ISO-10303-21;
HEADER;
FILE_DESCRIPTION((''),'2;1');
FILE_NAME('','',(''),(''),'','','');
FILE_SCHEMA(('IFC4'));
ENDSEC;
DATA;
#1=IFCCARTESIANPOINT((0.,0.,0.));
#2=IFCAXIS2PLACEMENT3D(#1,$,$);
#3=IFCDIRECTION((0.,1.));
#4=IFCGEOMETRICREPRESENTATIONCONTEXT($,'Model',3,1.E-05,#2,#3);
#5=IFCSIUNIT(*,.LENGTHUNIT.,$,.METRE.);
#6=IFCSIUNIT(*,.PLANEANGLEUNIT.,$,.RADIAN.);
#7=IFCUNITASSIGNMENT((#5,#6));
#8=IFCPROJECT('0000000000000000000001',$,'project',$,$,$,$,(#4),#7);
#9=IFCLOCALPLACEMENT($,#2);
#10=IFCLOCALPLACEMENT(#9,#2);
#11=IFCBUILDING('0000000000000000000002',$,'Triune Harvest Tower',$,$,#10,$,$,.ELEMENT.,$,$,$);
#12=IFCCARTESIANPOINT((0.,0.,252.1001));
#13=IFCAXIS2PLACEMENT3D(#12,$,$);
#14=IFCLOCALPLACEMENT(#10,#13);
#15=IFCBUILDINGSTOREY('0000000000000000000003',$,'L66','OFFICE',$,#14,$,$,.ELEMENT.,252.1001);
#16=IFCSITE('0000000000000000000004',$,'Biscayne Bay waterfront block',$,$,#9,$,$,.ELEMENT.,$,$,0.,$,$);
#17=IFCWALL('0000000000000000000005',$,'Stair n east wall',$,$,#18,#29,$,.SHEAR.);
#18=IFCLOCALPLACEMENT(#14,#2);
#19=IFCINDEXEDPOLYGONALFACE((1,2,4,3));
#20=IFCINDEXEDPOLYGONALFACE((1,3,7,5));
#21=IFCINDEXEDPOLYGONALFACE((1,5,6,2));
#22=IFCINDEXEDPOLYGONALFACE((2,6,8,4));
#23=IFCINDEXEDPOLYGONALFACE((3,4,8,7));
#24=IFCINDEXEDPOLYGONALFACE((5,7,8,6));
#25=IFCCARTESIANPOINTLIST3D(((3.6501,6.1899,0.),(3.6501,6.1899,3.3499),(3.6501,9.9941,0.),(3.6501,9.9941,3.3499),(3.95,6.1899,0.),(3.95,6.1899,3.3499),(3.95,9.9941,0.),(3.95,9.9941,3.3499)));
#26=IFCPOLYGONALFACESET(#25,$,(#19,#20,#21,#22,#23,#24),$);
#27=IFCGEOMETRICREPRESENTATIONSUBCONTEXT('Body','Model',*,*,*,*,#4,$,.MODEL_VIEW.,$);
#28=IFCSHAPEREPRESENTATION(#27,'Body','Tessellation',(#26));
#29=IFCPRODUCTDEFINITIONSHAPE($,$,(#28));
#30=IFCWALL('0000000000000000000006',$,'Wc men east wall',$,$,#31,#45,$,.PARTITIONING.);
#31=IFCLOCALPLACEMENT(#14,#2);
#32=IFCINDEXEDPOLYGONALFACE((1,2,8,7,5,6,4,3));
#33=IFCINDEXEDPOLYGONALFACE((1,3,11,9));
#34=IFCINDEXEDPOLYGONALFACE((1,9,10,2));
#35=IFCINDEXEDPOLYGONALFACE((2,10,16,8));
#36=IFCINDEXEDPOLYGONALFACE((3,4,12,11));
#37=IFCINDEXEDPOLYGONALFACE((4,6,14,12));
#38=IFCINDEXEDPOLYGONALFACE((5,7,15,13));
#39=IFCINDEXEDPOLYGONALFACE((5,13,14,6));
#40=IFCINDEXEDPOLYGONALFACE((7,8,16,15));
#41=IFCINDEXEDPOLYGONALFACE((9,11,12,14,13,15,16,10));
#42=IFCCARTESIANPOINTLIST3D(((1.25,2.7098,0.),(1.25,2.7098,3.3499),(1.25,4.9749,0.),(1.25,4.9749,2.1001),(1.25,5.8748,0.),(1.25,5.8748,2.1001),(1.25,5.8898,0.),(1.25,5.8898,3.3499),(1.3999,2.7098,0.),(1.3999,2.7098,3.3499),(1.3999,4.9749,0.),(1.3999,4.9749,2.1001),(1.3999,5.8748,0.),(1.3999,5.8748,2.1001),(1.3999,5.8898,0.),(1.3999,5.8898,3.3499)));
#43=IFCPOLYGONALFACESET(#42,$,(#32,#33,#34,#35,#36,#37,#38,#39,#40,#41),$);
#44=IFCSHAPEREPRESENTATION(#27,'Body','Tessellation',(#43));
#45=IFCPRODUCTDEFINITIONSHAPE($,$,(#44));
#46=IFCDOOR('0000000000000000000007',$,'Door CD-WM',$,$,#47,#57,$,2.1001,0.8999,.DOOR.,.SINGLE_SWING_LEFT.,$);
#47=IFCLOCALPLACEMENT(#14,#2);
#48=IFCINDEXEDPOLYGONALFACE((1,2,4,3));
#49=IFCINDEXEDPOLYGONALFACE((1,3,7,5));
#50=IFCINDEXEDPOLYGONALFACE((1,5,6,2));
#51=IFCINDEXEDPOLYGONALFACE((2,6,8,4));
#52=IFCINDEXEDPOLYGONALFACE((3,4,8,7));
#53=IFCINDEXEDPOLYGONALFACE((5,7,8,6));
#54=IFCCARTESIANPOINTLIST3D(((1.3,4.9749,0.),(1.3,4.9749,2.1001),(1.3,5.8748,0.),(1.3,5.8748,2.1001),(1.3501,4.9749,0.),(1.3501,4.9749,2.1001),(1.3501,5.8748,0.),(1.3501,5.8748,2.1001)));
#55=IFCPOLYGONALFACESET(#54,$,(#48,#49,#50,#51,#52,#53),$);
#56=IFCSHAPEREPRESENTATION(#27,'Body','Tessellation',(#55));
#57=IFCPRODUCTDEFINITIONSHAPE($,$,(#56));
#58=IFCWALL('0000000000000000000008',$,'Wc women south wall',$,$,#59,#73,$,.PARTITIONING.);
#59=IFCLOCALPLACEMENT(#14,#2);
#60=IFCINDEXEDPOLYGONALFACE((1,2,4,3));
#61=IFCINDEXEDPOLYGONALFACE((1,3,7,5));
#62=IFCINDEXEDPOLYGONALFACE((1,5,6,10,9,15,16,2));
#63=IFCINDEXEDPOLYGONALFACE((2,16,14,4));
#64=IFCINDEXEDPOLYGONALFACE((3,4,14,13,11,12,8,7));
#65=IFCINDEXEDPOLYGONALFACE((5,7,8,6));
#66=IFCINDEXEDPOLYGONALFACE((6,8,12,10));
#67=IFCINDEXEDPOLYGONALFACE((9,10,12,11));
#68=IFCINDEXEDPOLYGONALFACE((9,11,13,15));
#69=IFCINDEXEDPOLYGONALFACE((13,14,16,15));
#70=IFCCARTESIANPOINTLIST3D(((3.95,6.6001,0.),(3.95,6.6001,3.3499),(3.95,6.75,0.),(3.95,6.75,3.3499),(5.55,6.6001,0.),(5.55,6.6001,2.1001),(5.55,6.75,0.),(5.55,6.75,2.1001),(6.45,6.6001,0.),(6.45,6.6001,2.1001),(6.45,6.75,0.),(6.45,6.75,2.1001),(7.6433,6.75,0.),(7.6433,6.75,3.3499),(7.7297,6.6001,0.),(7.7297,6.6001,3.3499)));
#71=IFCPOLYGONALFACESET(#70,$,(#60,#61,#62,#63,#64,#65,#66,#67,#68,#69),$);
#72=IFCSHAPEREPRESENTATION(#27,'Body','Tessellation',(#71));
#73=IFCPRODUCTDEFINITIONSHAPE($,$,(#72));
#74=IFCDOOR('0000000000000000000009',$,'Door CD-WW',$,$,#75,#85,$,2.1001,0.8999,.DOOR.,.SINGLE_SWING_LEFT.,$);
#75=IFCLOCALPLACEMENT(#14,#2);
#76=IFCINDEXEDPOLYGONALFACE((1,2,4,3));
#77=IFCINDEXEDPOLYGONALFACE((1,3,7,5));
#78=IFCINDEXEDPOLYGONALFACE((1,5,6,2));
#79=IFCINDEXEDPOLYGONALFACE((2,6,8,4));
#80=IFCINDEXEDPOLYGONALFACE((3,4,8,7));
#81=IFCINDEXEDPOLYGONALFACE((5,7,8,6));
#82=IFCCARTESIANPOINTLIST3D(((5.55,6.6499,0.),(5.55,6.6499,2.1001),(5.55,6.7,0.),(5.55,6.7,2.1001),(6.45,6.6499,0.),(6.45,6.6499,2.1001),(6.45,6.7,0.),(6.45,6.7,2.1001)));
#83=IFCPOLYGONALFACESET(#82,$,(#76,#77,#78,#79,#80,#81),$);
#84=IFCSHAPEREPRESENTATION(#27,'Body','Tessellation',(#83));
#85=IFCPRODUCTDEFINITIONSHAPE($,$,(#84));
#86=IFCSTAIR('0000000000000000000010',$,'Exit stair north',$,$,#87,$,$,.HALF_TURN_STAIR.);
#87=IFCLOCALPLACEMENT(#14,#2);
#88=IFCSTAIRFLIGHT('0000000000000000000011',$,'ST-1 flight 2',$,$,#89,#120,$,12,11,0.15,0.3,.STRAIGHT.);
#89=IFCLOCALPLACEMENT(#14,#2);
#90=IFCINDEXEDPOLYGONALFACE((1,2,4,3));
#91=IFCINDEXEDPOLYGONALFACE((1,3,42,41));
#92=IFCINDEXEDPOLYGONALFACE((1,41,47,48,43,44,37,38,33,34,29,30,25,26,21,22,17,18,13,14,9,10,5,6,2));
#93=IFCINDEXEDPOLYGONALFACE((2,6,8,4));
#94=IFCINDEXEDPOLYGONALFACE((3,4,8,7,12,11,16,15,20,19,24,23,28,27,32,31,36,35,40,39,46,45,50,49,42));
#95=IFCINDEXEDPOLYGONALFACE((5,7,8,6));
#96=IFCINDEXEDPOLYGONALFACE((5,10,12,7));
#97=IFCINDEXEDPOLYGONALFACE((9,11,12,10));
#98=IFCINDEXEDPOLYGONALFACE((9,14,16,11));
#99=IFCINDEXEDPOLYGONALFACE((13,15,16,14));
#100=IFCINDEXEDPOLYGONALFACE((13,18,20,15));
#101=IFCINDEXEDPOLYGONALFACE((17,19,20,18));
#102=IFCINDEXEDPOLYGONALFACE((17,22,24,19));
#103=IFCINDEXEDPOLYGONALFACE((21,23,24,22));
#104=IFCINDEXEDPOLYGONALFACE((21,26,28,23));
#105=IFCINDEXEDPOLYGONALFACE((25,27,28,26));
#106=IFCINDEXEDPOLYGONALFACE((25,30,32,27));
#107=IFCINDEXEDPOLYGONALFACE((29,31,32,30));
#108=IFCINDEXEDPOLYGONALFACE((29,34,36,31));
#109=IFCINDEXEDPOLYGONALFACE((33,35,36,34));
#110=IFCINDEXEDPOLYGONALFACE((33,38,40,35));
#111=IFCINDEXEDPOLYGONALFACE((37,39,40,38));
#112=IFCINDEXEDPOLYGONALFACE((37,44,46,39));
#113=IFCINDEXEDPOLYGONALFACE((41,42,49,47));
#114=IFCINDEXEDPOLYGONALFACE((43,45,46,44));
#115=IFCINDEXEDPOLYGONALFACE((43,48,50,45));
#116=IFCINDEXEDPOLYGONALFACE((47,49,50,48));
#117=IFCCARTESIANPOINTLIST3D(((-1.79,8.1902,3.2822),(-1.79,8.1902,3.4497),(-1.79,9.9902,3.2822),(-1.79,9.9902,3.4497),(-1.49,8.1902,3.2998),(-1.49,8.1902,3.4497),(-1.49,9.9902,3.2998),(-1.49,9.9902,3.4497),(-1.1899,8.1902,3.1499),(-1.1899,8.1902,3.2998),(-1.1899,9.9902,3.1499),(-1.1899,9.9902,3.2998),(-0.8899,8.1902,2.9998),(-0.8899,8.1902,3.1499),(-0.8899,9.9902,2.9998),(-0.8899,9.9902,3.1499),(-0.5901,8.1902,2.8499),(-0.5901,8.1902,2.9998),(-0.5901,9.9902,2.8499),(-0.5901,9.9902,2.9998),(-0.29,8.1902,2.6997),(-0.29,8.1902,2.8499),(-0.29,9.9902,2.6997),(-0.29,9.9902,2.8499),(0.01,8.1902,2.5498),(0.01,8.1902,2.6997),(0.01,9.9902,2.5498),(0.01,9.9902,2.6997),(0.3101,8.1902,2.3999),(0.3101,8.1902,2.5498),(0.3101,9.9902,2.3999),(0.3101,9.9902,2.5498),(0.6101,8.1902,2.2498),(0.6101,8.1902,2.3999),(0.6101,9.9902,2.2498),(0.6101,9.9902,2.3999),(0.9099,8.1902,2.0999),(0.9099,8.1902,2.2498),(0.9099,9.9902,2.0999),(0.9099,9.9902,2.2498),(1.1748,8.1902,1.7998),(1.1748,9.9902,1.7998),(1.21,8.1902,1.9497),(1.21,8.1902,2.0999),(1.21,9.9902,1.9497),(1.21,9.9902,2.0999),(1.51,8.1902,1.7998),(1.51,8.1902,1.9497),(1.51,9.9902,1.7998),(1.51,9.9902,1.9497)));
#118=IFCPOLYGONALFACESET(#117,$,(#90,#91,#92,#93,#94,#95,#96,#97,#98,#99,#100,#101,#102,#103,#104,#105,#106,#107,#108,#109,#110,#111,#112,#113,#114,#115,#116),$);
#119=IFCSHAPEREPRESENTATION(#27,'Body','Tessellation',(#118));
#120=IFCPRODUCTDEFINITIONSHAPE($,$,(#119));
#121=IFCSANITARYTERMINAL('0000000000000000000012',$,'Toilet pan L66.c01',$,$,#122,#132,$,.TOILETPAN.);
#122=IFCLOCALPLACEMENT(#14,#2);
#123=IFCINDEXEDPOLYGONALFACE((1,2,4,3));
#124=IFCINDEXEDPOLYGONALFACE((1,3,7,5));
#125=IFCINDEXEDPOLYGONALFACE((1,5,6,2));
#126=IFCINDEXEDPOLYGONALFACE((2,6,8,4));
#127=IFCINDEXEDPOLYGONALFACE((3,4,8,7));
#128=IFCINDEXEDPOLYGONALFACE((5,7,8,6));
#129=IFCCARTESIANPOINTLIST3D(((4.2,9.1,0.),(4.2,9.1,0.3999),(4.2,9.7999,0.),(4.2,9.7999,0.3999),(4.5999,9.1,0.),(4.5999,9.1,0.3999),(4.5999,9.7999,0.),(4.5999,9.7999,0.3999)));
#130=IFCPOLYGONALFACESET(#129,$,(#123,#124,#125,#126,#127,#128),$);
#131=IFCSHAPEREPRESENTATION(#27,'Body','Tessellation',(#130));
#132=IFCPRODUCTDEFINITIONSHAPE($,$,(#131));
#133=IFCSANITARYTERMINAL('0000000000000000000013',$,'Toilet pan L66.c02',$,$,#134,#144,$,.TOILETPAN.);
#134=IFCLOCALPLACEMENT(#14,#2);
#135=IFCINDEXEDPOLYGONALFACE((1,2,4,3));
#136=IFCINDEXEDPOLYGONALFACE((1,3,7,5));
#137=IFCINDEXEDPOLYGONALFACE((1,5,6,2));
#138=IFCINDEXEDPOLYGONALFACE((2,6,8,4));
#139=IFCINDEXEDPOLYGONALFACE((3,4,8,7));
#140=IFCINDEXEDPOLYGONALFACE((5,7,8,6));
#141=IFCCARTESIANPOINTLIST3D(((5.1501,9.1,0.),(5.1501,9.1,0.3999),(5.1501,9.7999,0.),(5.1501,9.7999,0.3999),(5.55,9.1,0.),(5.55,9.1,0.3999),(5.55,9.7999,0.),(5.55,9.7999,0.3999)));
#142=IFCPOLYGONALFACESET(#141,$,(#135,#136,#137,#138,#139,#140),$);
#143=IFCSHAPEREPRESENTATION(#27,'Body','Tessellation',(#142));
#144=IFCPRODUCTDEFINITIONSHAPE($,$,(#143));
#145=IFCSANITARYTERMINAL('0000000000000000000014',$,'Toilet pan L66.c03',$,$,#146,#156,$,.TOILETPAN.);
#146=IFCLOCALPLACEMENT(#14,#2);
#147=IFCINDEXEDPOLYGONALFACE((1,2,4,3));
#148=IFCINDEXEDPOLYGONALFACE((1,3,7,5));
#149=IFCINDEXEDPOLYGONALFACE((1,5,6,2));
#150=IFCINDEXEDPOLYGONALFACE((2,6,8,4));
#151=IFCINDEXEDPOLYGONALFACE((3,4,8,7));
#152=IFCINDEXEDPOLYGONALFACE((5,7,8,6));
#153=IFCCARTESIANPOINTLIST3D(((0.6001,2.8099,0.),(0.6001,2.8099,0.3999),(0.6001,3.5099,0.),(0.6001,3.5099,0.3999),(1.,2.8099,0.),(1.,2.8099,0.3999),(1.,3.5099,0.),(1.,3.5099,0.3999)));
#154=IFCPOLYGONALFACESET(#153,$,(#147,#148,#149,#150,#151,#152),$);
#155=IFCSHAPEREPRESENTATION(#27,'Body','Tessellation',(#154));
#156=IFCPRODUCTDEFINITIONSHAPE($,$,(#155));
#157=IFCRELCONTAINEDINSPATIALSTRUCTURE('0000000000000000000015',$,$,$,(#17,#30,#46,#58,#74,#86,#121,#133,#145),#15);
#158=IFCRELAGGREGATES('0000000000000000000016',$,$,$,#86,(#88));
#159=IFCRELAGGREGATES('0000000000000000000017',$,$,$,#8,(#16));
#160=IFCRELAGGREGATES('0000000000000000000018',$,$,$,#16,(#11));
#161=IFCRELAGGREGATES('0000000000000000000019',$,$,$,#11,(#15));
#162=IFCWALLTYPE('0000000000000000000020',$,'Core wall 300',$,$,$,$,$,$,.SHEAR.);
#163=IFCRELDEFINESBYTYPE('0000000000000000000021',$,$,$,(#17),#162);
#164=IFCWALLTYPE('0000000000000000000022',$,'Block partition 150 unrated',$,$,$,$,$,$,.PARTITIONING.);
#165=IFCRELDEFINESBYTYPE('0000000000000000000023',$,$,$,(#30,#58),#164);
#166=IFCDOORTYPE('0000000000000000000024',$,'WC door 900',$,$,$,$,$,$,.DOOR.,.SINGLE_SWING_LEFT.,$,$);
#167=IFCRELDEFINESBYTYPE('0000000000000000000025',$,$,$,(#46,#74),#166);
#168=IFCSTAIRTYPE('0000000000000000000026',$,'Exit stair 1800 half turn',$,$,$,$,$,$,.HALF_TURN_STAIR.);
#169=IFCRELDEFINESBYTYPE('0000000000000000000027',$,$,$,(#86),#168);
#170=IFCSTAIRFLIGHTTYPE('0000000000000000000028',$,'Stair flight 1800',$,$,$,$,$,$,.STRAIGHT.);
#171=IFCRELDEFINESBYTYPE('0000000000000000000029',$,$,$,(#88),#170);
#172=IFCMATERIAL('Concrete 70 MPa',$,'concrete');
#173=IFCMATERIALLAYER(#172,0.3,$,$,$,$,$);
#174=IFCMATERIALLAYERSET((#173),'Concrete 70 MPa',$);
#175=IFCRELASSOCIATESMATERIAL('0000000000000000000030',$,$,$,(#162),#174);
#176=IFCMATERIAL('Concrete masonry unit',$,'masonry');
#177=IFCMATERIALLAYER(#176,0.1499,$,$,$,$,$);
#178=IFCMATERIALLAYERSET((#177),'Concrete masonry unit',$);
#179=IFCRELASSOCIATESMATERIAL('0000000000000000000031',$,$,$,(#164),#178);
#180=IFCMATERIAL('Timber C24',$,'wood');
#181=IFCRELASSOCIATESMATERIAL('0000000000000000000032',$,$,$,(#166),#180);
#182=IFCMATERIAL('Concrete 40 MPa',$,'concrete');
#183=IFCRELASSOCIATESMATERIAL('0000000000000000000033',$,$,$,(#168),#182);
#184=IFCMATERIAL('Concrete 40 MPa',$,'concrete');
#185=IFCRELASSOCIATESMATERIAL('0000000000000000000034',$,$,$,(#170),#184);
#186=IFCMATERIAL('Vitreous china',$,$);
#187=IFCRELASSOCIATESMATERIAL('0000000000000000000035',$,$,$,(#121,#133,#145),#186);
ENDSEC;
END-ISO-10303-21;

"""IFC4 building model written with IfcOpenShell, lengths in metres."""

from ifc_helpers import new_model, si_unit, direction, frame, frame_2d, origin, origin_2d, place, context, subcontext, project, spatial, polyline, rectangle, outline, extrude, source, transform, mapped, material, layer, layer_set, type_object, element, fill, aggregate, save


model = new_model("IFC4")

# Units and contexts
model_context = context("Model", 3, precision=1e-05, world=origin(), true_north=direction((0.0, 1.0)))
body_context = subcontext(model_context, "Body", "Model", "MODEL_VIEW")
ifc_project = project(units=[si_unit("LENGTHUNIT", "METRE"), si_unit("PLANEANGLEUNIT", "RADIAN")], contexts=[model_context])

# Site, building, storey
site_placement = place(None, origin())
site = spatial("IfcSite", under=ifc_project, at=site_placement, Name="Biscayne Bay waterfront block", CompositionType="ELEMENT", RefElevation=0.0)
building_placement = place(site_placement, origin())
building = spatial("IfcBuilding", under=site, at=building_placement, Name="Triune Harvest Tower", CompositionType="ELEMENT")
storey_placement = place(building_placement, frame((0.0, 0.0, 252.1001)))
storey = spatial("IfcBuildingStorey", under=building, at=storey_placement, Name="L66", Description="OFFICE", CompositionType="ELEMENT", Elevation=252.1001)

# Shared definitions
ifc_material_1 = material(Name="Concrete 70 MPa", Category="concrete")
ifc_layer_1 = layer(ifc_material_1, 0.3)
ifc_layer_set_1 = layer_set([ifc_layer_1], Name="Concrete 70 MPa")
wall_type_1 = type_object("IfcWallType", Name="Core wall 300", PredefinedType="SHEAR", material=ifc_layer_set_1)

# Wall
shared_shape_1 = source(origin(), body_context, "Body", "SweptSolid", [
    extrude(outline(polyline([(0.0, -0.1499), (0.0, 0.1499), (3.8042, 0.1499), (3.8042, -0.1499), (0.0, -0.1499)])), origin(), (0.0, 0.0, 1.0), 3.3499),
])
wall_1_placement = place(storey_placement, frame((3.8, 6.1899, 0.0), z_axis=(0.0, 0.0, 1.0), x_axis=(0.0, 1.0, 0.0)))
element("IfcWall", 1, at=wall_1_placement, inside=storey, type_object=wall_type_1, Name="Stair n east wall", PredefinedType="SHEAR", context=body_context, shape_type="MappedRepresentation", body=[
    mapped(shared_shape_1, transform((0.0, 0.0, 0.0), scale=1.0)),
])

# Walls, openings, doors
ifc_material_2 = material(Name="Concrete masonry unit", Category="masonry")
ifc_layer_2 = layer(ifc_material_2, 0.1499)
ifc_layer_set_2 = layer_set([ifc_layer_2], Name="Concrete masonry unit")
wall_type_2 = type_object("IfcWallType", Name="Block partition 150 unrated", PredefinedType="PARTITIONING", material=ifc_layer_set_2)
shared_shape_2 = source(origin(), body_context, "Body", "SweptSolid", [
    extrude(rectangle(XDim=3.1799, YDim=0.1499, at=frame_2d((1.5898, 0.0))), origin(), (0.0, 0.0, 1.0), 3.3499),
])
wall_2_placement = place(storey_placement, frame((1.325, 2.71, 0.0), z_axis=(0.0, 0.0, 1.0), x_axis=(0.0, 1.0, 0.0)))
wall_2 = element("IfcWall", 2, at=wall_2_placement, inside=storey, type_object=wall_type_2, Name="Wc men east wall", PredefinedType="PARTITIONING", context=body_context, shape_type="MappedRepresentation", body=[
    mapped(shared_shape_2, transform((0.0, 0.0, 0.0), scale=1.0)),
])
opening_1_placement = place(wall_2_placement, frame((2.2649, 0.0, 0.0)))
opening_1 = element("IfcOpeningElement", 3, at=opening_1_placement, cuts=wall_2, PredefinedType="OPENING", context=body_context, shape_type="SweptSolid", body=[
    extrude(rectangle(XDim=0.8999, YDim=2.1001, at=frame_2d((0.45, 1.05))), frame((0.0, 0.085, 0.0), z_axis=(0.0, -1.0, 0.0), x_axis=(1.0, 0.0, 0.0)), (0.0, 0.0, 1.0), 0.1699),
])
ifc_material_3 = material(Name="Timber C24", Category="wood")
door_type_1 = type_object("IfcDoorType", Name="WC door 900", OperationType="SINGLE_SWING_LEFT", PredefinedType="DOOR", material=ifc_material_3)
door_1_placement = place(opening_1_placement, origin())
door_1 = element("IfcDoor", 4, at=door_1_placement, inside=storey, type_object=door_type_1, Name="Door CD-WM", OperationType="SINGLE_SWING_LEFT", OverallHeight=2.1001, OverallWidth=0.8999, PredefinedType="DOOR", context=body_context, shape_type="SweptSolid", body=[
    extrude(rectangle(XDim=0.8999, YDim=2.1001, at=frame_2d((0.45, 1.05))), frame((0.0, 0.0249, 0.0), z_axis=(0.0, -1.0, 0.0), x_axis=(1.0, 0.0, 0.0)), (0.0, 0.0, 1.0), 0.05),
])
fill(opening_1, door_1)
shared_shape_3 = source(origin(), body_context, "Body", "SweptSolid", [
    extrude(outline(polyline([(0.0, -0.075), (0.0, 0.075), (3.6934, 0.075), (3.7798, -0.075), (0.0, -0.075)])), origin(), (0.0, 0.0, 1.0), 3.3499),
])
wall_3_placement = place(storey_placement, frame((3.95, 6.675, 0.0), z_axis=(0.0, 0.0, 1.0), x_axis=(1.0, 0.0, 0.0)))
wall_3 = element("IfcWall", 5, at=wall_3_placement, inside=storey, type_object=wall_type_2, Name="Wc women south wall", PredefinedType="PARTITIONING", context=body_context, shape_type="MappedRepresentation", body=[
    mapped(shared_shape_3, transform((0.0, 0.0, 0.0), scale=1.0)),
])
opening_2_placement = place(wall_3_placement, frame((1.6001, 0.0, 0.0)))
opening_2 = element("IfcOpeningElement", 6, at=opening_2_placement, cuts=wall_3, PredefinedType="OPENING", context=body_context, shape_type="SweptSolid", body=[
    extrude(rectangle(XDim=0.8999, YDim=2.1001, at=frame_2d((0.45, 1.05))), frame((0.0, 0.085, 0.0), z_axis=(0.0, -1.0, 0.0), x_axis=(1.0, 0.0, 0.0)), (0.0, 0.0, 1.0), 0.1699),
])
door_2_placement = place(opening_2_placement, origin())
door_2 = element("IfcDoor", 7, at=door_2_placement, inside=storey, type_object=door_type_1, Name="Door CD-WW", OperationType="SINGLE_SWING_LEFT", OverallHeight=2.1001, OverallWidth=0.8999, PredefinedType="DOOR", context=body_context, shape_type="SweptSolid", body=[
    extrude(rectangle(XDim=0.8999, YDim=2.1001, at=frame_2d((0.45, 1.05))), frame((0.0, 0.0249, 0.0), z_axis=(0.0, -1.0, 0.0), x_axis=(1.0, 0.0, 0.0)), (0.0, 0.0, 1.0), 0.05),
])
fill(opening_2, door_2)

# Stair, stair flight
ifc_material_4 = material(Name="Concrete 40 MPa", Category="concrete")
stair_type = type_object("IfcStairType", Name="Exit stair 1800 half turn", PredefinedType="HALF_TURN_STAIR", material=ifc_material_4)
stair_placement = place(storey_placement, origin())
stair = element("IfcStair", 8, at=stair_placement, inside=storey, type_object=stair_type, Name="Exit stair north", PredefinedType="HALF_TURN_STAIR")
ifc_material_5 = material(Name="Concrete 40 MPa", Category="concrete")
stair_flight_type = type_object("IfcStairFlightType", Name="Stair flight 1800", PredefinedType="STRAIGHT", material=ifc_material_5)
shared_shape_4 = source(origin(), body_context, "Body", "SweptSolid", [
    extrude(outline(polyline([(0.0, 0.0), (0.0, 0.1499), (0.3, 0.1499), (0.3, 0.3), (0.6001, 0.3), (0.6001, 0.45), (0.8999, 0.45), (0.8999, 0.6001), (1.2, 0.6001), (1.2, 0.75), (1.5, 0.75), (1.5, 0.8999), (1.8, 0.8999), (1.8, 1.05), (2.1001, 1.05), (2.1001, 1.2), (2.3999, 1.2), (2.3999, 1.3501), (2.7, 1.3501), (2.7, 1.5), (3.0, 1.5), (3.0, 1.6499), (3.3, 1.6499), (3.3, 1.8), (3.3, 1.4824), (0.3352, 0.0), (0.0, 0.0)])), frame((0.0, 0.8999, 0.0), z_axis=(0.0, -1.0, 0.0), x_axis=(1.0, 0.0, 0.0)), (0.0, 0.0, 1.0), 1.8),
])
stair_flight_placement = place(storey_placement, frame((1.51, 9.0901, 1.7998), z_axis=(0.0, 0.0, 1.0), x_axis=(-1.0, 0.0, 0.0)))
stair_flight = element("IfcStairFlight", 9, at=stair_flight_placement, type_object=stair_flight_type, Name="ST-1 flight 2", NumberOfRisers=12, NumberOfTreads=11, PredefinedType="STRAIGHT", RiserHeight=0.15, TreadLength=0.3, context=body_context, shape_type="MappedRepresentation", body=[
    mapped(shared_shape_4, transform((0.0, 0.0, 0.0), scale=1.0)),
])
aggregate(stair, [stair_flight])

# Sanitary terminals
ifc_material_6 = material(Name="Vitreous china")
shared_shape_5 = source(origin(), body_context, "Body", "SweptSolid", [
    extrude(rectangle(XDim=0.3999, YDim=0.7, at=origin_2d()), origin(), (0.0, 0.0, 1.0), 0.3999),
])
for number, where, z_axis, x_axis, name in (
    (10, (4.3999, 9.45, 0.0), (0.0, 0.0, 1.0), (1.0, 0.0, 0.0), "Toilet pan L66.c01"),
    (11, (5.3501, 9.45, 0.0), (0.0, 0.0, 1.0), (1.0, 0.0, 0.0), "Toilet pan L66.c02"),
    (12, (0.8, 3.1599, 0.0), (0.0, 0.0, 1.0), (-1.0, 0.0, 0.0), "Toilet pan L66.c03"),
):
    element("IfcSanitaryTerminal", number, at=place(storey_placement, frame(where, z_axis=z_axis, x_axis=x_axis)), inside=storey, material=ifc_material_6, Name=name, PredefinedType="TOILETPAN", context=body_context, shape_type="MappedRepresentation", body=[
        mapped(shared_shape_5, transform((0.0, 0.0, 0.0), scale=1.0)),
    ])

save(model, "model.ifc")
